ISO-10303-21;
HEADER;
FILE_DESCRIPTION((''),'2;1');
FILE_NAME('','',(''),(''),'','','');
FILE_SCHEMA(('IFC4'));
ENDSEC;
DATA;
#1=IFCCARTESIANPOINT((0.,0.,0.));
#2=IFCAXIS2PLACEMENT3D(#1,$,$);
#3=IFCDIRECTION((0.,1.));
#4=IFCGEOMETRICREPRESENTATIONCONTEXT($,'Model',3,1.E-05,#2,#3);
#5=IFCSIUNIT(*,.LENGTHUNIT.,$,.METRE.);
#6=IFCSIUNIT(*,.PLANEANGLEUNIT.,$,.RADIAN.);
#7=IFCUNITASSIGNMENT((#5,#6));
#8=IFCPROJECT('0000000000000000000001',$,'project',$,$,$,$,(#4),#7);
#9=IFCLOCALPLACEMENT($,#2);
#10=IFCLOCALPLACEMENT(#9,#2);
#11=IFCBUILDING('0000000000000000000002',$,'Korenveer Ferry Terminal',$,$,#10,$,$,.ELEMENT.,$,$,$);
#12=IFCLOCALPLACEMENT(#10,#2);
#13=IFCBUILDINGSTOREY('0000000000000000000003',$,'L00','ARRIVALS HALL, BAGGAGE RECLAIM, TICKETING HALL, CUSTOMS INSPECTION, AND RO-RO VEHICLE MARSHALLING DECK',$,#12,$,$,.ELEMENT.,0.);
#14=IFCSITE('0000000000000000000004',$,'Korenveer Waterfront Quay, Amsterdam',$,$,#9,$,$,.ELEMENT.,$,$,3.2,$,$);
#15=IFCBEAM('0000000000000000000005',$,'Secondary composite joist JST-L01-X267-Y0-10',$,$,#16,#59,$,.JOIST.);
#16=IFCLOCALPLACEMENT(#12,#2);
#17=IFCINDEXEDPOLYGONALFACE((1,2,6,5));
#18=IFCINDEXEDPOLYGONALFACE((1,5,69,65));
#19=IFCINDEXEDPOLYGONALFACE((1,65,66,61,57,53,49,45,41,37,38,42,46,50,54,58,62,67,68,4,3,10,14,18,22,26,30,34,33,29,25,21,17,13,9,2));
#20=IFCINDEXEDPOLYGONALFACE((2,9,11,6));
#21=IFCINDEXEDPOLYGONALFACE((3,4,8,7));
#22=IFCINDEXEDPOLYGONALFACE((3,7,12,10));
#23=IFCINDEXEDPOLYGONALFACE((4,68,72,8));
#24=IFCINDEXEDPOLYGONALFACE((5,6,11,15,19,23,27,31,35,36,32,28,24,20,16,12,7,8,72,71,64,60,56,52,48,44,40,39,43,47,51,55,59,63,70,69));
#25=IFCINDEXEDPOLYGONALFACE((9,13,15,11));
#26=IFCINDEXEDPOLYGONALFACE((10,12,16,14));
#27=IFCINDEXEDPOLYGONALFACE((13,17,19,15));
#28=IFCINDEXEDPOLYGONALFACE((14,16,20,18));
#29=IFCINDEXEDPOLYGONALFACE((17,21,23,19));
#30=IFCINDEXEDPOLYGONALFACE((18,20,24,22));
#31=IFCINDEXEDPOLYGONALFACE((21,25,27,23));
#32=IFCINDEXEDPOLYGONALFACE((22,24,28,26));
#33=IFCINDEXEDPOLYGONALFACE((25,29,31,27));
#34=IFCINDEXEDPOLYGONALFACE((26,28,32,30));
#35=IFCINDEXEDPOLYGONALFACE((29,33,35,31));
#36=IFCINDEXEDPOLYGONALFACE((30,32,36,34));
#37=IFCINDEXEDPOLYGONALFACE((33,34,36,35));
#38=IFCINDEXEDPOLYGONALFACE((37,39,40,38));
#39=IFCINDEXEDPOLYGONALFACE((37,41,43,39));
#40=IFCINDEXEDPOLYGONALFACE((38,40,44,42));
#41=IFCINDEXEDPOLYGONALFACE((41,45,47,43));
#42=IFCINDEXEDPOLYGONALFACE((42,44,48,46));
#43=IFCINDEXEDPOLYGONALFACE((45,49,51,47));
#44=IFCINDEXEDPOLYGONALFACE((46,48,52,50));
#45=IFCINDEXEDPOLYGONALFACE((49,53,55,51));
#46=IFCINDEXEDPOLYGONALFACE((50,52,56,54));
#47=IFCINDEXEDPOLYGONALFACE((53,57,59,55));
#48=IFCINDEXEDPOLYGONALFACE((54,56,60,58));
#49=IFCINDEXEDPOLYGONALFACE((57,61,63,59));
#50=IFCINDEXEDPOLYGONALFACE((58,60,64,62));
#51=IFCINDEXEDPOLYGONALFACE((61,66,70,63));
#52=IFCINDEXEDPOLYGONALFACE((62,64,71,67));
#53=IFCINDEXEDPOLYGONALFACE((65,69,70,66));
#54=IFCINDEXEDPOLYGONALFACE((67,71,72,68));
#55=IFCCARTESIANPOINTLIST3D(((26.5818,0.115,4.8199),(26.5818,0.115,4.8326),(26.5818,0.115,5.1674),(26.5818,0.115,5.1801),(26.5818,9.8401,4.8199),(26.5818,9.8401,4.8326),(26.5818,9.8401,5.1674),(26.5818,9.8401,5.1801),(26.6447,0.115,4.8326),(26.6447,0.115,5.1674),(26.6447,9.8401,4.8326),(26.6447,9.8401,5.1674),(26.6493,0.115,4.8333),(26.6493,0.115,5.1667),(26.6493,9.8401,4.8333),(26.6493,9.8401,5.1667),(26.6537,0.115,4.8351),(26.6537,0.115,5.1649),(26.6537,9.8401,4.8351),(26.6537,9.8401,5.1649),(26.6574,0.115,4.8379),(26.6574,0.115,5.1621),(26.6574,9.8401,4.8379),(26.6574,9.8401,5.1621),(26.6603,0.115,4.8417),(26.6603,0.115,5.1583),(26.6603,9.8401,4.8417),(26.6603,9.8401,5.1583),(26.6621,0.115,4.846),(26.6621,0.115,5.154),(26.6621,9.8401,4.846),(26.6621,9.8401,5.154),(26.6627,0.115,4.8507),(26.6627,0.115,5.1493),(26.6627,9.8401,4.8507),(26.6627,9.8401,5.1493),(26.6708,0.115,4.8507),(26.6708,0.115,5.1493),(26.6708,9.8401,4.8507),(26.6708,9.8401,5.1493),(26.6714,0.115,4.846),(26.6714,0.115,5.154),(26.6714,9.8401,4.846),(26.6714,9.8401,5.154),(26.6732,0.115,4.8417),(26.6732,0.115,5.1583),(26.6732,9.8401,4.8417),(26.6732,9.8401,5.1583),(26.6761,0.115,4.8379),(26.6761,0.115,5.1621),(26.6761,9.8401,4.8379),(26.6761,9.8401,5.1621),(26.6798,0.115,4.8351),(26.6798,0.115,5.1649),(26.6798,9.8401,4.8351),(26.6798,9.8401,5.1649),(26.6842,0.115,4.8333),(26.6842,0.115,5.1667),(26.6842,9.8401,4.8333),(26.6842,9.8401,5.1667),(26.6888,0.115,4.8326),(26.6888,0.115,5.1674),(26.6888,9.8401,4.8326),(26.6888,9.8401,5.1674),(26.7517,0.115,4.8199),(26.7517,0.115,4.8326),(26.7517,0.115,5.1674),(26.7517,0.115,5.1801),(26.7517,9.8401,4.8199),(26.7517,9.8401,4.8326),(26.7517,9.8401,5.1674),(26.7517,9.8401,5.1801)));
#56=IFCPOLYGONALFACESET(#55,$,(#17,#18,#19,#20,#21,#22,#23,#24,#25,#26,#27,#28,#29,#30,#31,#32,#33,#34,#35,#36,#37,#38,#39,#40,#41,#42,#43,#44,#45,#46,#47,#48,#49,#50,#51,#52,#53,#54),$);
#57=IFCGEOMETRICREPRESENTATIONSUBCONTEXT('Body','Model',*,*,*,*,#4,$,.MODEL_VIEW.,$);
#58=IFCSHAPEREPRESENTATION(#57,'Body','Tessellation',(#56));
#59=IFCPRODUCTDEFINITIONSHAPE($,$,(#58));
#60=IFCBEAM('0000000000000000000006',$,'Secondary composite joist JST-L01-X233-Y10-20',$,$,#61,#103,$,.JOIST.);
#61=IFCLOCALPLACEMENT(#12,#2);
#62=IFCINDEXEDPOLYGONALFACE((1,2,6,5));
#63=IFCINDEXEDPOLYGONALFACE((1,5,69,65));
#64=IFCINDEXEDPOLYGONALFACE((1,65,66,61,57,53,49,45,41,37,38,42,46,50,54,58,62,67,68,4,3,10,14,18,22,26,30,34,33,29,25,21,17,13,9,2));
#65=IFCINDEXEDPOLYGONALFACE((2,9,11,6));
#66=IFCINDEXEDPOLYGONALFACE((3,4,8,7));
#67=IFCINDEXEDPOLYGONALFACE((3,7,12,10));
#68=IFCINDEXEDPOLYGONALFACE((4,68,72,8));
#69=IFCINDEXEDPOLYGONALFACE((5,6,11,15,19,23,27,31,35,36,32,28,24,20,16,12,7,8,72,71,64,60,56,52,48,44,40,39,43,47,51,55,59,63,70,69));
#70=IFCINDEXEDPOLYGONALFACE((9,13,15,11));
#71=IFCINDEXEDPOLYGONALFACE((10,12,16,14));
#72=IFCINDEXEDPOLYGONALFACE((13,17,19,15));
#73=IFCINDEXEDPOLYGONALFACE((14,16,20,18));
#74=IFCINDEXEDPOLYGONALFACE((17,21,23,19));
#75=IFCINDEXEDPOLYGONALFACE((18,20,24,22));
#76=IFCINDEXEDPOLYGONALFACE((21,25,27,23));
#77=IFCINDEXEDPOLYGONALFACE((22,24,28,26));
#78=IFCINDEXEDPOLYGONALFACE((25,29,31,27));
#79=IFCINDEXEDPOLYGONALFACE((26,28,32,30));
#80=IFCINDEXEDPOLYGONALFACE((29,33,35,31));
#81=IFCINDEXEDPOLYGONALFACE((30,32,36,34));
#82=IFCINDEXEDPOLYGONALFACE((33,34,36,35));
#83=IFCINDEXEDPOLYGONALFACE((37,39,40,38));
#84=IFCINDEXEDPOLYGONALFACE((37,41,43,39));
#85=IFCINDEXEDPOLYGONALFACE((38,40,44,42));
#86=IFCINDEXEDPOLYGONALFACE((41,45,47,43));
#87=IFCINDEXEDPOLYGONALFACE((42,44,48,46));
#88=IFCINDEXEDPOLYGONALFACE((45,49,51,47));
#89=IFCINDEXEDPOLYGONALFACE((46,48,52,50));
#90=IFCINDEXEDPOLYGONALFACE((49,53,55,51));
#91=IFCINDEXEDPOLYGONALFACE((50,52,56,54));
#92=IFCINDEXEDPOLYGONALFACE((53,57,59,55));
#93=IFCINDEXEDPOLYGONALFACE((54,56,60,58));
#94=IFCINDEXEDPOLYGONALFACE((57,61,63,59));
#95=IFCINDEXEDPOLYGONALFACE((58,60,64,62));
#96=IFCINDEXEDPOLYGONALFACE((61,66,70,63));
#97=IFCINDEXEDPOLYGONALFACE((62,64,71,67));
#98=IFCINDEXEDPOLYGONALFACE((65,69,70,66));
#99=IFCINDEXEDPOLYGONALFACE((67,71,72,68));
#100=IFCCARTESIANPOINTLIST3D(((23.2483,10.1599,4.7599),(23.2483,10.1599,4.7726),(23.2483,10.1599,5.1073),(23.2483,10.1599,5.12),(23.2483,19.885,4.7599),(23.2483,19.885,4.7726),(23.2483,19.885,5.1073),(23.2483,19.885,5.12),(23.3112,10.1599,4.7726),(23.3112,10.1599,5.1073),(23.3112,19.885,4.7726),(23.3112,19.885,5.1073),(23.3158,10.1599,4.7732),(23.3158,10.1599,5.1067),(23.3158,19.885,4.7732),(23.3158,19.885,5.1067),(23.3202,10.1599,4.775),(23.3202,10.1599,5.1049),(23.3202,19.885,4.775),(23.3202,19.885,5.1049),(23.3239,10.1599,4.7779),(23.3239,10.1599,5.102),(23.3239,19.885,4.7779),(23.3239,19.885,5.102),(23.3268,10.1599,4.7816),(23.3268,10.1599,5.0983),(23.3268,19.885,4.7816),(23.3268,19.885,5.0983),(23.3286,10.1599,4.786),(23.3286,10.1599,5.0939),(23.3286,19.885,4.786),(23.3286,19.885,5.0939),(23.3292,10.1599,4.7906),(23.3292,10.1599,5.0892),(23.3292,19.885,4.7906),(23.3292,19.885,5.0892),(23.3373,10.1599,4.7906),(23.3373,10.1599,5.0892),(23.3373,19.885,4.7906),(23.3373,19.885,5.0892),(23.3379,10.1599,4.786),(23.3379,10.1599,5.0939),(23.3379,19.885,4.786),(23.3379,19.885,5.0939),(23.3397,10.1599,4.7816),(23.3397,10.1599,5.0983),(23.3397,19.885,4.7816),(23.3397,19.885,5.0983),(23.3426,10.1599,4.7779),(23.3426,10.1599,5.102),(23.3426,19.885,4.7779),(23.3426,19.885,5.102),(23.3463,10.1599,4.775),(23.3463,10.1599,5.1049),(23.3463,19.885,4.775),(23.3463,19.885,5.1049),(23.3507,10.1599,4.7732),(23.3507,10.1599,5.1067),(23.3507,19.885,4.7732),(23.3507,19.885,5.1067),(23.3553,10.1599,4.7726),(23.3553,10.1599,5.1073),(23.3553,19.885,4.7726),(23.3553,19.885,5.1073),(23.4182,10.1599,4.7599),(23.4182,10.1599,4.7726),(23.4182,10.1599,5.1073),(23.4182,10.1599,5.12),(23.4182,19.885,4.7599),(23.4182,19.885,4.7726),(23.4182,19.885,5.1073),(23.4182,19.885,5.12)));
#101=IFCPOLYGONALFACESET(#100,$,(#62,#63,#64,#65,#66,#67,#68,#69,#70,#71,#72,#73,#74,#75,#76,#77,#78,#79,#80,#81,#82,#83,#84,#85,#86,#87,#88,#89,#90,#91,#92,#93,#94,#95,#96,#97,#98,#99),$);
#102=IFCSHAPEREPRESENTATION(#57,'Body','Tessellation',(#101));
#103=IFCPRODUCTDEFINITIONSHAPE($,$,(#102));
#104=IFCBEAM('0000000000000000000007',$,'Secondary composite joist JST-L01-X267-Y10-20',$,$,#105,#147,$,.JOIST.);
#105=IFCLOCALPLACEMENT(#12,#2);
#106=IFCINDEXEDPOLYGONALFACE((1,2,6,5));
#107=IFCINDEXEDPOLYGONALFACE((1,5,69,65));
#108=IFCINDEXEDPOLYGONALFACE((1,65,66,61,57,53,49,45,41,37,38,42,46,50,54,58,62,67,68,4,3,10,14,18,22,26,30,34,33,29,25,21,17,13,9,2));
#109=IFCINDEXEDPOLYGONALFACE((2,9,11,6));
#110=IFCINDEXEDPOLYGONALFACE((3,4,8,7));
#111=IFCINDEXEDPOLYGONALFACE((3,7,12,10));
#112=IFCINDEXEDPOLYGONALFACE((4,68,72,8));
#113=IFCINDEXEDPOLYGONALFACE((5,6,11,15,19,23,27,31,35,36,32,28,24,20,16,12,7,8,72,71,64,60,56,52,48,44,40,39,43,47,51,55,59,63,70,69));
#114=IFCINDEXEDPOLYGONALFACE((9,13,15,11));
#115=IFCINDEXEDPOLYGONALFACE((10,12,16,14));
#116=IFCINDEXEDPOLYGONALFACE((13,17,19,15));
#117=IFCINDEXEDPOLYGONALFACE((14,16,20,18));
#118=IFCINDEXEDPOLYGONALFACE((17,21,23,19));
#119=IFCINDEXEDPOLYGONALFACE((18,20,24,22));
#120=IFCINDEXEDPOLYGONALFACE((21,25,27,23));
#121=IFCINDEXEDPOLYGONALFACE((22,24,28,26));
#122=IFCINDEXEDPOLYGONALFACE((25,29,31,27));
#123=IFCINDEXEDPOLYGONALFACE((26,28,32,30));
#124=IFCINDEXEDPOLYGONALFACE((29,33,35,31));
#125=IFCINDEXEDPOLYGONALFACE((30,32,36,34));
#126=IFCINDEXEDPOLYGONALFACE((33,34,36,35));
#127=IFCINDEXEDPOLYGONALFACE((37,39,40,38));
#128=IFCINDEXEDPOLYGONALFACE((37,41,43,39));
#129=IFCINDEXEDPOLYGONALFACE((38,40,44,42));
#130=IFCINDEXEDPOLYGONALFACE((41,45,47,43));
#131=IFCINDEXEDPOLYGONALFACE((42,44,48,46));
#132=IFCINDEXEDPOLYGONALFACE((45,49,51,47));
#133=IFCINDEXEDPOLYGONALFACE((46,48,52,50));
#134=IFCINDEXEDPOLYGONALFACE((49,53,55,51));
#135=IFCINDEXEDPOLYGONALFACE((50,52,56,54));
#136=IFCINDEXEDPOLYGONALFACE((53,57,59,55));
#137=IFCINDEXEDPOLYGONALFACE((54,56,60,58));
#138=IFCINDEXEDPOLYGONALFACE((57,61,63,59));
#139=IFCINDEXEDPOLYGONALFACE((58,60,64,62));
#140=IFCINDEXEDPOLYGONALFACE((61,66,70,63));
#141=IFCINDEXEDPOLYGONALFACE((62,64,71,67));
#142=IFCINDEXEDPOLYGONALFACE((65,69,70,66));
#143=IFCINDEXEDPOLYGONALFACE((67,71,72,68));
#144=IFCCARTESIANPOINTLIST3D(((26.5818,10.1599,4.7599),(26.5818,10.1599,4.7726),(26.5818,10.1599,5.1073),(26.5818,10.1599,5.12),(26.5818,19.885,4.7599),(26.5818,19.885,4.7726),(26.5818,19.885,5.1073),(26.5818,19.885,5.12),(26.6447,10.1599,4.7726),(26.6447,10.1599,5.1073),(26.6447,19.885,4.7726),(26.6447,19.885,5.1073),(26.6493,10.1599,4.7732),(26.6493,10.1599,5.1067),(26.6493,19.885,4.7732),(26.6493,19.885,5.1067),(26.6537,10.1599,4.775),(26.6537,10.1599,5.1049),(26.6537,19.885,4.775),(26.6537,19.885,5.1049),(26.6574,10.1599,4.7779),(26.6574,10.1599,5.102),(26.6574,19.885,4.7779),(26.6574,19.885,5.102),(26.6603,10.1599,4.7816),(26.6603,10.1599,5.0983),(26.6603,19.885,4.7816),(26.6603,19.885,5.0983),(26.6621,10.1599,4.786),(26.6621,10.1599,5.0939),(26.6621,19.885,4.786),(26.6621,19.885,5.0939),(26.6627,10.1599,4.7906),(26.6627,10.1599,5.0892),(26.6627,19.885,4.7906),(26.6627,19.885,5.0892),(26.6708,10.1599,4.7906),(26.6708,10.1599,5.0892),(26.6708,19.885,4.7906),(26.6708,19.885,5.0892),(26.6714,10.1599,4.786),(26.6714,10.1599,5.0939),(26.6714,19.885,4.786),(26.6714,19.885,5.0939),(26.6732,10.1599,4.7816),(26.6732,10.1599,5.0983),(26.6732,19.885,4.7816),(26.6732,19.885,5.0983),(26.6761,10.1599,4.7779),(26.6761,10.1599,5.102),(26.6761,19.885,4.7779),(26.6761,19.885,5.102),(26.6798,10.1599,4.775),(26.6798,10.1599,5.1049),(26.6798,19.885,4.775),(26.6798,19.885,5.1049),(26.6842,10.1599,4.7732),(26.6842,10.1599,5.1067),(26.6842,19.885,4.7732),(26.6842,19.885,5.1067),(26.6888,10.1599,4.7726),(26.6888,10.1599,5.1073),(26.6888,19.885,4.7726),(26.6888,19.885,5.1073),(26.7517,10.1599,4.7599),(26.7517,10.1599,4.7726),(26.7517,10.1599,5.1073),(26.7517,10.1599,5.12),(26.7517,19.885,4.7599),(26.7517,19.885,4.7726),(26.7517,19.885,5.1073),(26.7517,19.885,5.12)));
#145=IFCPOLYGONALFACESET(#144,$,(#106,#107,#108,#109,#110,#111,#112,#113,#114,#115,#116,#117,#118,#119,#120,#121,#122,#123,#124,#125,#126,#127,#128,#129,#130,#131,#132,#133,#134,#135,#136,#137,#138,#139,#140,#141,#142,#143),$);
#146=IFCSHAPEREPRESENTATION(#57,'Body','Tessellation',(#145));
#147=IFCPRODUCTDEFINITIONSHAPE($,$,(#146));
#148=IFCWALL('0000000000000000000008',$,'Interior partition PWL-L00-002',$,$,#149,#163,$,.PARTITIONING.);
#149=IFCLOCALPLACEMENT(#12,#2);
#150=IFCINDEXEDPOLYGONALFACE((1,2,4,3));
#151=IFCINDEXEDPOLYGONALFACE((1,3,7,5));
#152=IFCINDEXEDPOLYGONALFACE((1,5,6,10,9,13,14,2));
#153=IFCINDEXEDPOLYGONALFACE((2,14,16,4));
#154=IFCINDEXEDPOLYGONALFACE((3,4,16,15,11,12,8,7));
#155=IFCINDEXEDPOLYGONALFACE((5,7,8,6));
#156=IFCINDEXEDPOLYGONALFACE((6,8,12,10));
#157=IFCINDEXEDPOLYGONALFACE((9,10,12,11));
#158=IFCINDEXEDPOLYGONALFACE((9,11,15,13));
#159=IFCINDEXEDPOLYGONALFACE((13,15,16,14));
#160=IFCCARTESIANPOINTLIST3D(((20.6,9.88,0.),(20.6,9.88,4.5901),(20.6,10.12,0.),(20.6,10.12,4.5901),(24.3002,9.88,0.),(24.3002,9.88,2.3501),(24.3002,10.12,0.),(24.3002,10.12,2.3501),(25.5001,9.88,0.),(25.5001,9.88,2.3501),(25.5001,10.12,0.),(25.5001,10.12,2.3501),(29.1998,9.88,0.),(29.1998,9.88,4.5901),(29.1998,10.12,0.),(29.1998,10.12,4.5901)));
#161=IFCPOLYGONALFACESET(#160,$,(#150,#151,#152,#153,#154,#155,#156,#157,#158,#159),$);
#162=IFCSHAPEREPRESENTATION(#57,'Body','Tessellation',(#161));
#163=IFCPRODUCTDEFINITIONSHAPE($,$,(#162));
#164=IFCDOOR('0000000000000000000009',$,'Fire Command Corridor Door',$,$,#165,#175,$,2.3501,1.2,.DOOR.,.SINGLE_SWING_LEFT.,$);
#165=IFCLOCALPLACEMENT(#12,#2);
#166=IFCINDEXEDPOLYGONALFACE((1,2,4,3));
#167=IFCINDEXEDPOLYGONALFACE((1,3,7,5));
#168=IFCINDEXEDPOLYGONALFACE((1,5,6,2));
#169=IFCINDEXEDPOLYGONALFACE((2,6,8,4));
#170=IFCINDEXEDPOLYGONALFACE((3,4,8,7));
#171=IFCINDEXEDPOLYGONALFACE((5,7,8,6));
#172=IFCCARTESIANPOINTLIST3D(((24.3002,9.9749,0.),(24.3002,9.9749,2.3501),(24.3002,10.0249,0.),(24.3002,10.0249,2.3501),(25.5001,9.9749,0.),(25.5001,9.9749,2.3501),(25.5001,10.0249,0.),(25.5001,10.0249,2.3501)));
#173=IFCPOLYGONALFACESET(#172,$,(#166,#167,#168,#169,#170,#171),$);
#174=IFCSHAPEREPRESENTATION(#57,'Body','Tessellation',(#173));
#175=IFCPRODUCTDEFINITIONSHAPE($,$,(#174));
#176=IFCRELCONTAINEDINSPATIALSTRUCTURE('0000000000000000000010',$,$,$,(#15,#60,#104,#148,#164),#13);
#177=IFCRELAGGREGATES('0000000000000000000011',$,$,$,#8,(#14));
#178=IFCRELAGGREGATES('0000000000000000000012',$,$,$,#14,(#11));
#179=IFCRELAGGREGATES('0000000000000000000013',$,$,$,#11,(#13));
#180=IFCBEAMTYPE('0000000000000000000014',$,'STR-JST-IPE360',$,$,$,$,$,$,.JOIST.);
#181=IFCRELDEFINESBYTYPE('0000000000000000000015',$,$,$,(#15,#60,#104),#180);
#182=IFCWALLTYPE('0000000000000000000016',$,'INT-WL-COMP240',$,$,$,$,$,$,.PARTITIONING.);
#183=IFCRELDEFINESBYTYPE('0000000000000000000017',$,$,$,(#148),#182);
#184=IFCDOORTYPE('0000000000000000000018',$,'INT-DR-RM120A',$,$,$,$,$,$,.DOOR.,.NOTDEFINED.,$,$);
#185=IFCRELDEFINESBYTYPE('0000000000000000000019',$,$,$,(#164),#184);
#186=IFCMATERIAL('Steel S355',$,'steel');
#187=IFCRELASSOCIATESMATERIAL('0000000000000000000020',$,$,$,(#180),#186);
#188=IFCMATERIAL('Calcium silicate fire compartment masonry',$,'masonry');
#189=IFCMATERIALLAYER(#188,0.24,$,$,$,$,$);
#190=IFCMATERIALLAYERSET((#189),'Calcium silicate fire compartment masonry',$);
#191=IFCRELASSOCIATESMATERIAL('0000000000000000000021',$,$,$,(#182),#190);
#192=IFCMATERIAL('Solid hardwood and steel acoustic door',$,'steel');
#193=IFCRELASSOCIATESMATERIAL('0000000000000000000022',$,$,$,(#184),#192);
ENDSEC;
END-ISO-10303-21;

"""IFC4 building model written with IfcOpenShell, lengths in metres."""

from ifc_helpers import new_model, si_unit, direction, frame, frame_2d, origin, origin_2d, place, context, subcontext, project, spatial, rectangle, i_section, extrude, material, layer, layer_set, material_profile, profile_set, type_object, element, fill, save


model = new_model("IFC4")

# Units and contexts
model_context = context("Model", 3, precision=1e-05, world=origin(), true_north=direction((0.0, 1.0)))
body_context = subcontext(model_context, "Body", "Model", "MODEL_VIEW")
ifc_project = project(units=[si_unit("LENGTHUNIT", "METRE"), si_unit("PLANEANGLEUNIT", "RADIAN")], contexts=[model_context])

# Site, building, storey
site_placement = place(None, origin())
site = spatial("IfcSite", under=ifc_project, at=site_placement, Name="Korenveer Waterfront Quay, Amsterdam", CompositionType="ELEMENT", RefElevation=3.2)
building_placement = place(site_placement, origin())
building = spatial("IfcBuilding", under=site, at=building_placement, Name="Korenveer Ferry Terminal", CompositionType="ELEMENT")
storey_placement = place(building_placement, origin())
storey = spatial("IfcBuildingStorey", under=building, at=storey_placement, Name="L00", Description="ARRIVALS HALL, BAGGAGE RECLAIM, TICKETING HALL, CUSTOMS INSPECTION, AND RO-RO VEHICLE MARSHALLING DECK", CompositionType="ELEMENT", Elevation=0.0)

# Beams
ifc_material_1 = material(Name="Steel S355", Category="steel")
ifc_material_profile_1 = material_profile(ifc_material_1, i_section(OverallWidth=0.1699, OverallDepth=0.3601, WebThickness=0.0081, FlangeThickness=0.0127, FilletRadius=0.0181, at=origin_2d()), Name="IPE 360")
ifc_profile_set_1 = profile_set([ifc_material_profile_1], Name="Steel S355")
beam_type_1 = type_object("IfcBeamType", Name="STR-JST-IPE360", PredefinedType="JOIST", material=ifc_profile_set_1)
for number, where, z_axis, x_axis, name in (
    (1, (26.6667, 0.115, 5.0), (0.0, 1.0, 0.0), (-1.0, 0.0, 0.0), "Secondary composite joist JST-L01-X267-Y0-10"),
    (2, (23.3333, 10.1599, 4.9399), (0.0, 1.0, 0.0), (-1.0, 0.0, 0.0), "Secondary composite joist JST-L01-X233-Y10-20"),
    (3, (26.6667, 10.1599, 4.9399), (0.0, 1.0, 0.0), (-1.0, 0.0, 0.0), "Secondary composite joist JST-L01-X267-Y10-20"),
):
    element("IfcBeam", number, at=place(storey_placement, frame(where, z_axis=z_axis, x_axis=x_axis)), inside=storey, type_object=beam_type_1, Name=name, PredefinedType="JOIST", context=body_context, shape_type="SweptSolid", body=[
        extrude(i_section(OverallWidth=0.1699, OverallDepth=0.3601, WebThickness=0.0081, FlangeThickness=0.0127, FilletRadius=0.0181, at=origin_2d()), origin(), (0.0, 0.0, 1.0), 9.7251),
    ])

# Wall, opening, door
ifc_material_2 = material(Name="Calcium silicate fire compartment masonry", Category="masonry")
ifc_layer = layer(ifc_material_2, 0.24)
ifc_layer_set = layer_set([ifc_layer], Name="Calcium silicate fire compartment masonry")
wall_type = type_object("IfcWallType", Name="INT-WL-COMP240", PredefinedType="PARTITIONING", material=ifc_layer_set)
wall_placement = place(storey_placement, frame((20.6001, 10.0, 0.0), z_axis=(0.0, 0.0, 1.0), x_axis=(1.0, 0.0, 0.0)))
wall = element("IfcWall", 4, at=wall_placement, inside=storey, type_object=wall_type, Name="Interior partition PWL-L00-002", PredefinedType="PARTITIONING", context=body_context, shape_type="SweptSolid", body=[
    extrude(rectangle(XDim=8.5999, YDim=0.24, at=frame_2d((4.2998, 0.0))), origin(), (0.0, 0.0, 1.0), 4.5901),
])
opening_placement = place(wall_placement, frame((3.7, 0.0, 0.0)))
opening = element("IfcOpeningElement", 5, at=opening_placement, cuts=wall, PredefinedType="OPENING", context=body_context, shape_type="SweptSolid", body=[
    extrude(rectangle(XDim=1.2, YDim=2.3501, at=frame_2d((0.6001, 1.175))), frame((0.0, 0.1299, 0.0), z_axis=(0.0, -1.0, 0.0), x_axis=(1.0, 0.0, 0.0)), (0.0, 0.0, 1.0), 0.26),
])
ifc_material_3 = material(Name="Solid hardwood and steel acoustic door", Category="steel")
door_type = type_object("IfcDoorType", Name="INT-DR-RM120A", OperationType="NOTDEFINED", PredefinedType="DOOR", material=ifc_material_3)
door_placement = place(opening_placement, origin())
door = element("IfcDoor", 6, at=door_placement, inside=storey, type_object=door_type, Name="Fire Command Corridor Door", OperationType="SINGLE_SWING_LEFT", OverallHeight=2.3501, OverallWidth=1.2, PredefinedType="DOOR", context=body_context, shape_type="SweptSolid", body=[
    extrude(rectangle(XDim=1.2, YDim=2.3501, at=frame_2d((0.6001, 1.175))), frame((0.0, 0.0249, 0.0), z_axis=(0.0, -1.0, 0.0), x_axis=(1.0, 0.0, 0.0)), (0.0, 0.0, 1.0), 0.05),
])
fill(opening, door)

save(model, "model.ifc")
